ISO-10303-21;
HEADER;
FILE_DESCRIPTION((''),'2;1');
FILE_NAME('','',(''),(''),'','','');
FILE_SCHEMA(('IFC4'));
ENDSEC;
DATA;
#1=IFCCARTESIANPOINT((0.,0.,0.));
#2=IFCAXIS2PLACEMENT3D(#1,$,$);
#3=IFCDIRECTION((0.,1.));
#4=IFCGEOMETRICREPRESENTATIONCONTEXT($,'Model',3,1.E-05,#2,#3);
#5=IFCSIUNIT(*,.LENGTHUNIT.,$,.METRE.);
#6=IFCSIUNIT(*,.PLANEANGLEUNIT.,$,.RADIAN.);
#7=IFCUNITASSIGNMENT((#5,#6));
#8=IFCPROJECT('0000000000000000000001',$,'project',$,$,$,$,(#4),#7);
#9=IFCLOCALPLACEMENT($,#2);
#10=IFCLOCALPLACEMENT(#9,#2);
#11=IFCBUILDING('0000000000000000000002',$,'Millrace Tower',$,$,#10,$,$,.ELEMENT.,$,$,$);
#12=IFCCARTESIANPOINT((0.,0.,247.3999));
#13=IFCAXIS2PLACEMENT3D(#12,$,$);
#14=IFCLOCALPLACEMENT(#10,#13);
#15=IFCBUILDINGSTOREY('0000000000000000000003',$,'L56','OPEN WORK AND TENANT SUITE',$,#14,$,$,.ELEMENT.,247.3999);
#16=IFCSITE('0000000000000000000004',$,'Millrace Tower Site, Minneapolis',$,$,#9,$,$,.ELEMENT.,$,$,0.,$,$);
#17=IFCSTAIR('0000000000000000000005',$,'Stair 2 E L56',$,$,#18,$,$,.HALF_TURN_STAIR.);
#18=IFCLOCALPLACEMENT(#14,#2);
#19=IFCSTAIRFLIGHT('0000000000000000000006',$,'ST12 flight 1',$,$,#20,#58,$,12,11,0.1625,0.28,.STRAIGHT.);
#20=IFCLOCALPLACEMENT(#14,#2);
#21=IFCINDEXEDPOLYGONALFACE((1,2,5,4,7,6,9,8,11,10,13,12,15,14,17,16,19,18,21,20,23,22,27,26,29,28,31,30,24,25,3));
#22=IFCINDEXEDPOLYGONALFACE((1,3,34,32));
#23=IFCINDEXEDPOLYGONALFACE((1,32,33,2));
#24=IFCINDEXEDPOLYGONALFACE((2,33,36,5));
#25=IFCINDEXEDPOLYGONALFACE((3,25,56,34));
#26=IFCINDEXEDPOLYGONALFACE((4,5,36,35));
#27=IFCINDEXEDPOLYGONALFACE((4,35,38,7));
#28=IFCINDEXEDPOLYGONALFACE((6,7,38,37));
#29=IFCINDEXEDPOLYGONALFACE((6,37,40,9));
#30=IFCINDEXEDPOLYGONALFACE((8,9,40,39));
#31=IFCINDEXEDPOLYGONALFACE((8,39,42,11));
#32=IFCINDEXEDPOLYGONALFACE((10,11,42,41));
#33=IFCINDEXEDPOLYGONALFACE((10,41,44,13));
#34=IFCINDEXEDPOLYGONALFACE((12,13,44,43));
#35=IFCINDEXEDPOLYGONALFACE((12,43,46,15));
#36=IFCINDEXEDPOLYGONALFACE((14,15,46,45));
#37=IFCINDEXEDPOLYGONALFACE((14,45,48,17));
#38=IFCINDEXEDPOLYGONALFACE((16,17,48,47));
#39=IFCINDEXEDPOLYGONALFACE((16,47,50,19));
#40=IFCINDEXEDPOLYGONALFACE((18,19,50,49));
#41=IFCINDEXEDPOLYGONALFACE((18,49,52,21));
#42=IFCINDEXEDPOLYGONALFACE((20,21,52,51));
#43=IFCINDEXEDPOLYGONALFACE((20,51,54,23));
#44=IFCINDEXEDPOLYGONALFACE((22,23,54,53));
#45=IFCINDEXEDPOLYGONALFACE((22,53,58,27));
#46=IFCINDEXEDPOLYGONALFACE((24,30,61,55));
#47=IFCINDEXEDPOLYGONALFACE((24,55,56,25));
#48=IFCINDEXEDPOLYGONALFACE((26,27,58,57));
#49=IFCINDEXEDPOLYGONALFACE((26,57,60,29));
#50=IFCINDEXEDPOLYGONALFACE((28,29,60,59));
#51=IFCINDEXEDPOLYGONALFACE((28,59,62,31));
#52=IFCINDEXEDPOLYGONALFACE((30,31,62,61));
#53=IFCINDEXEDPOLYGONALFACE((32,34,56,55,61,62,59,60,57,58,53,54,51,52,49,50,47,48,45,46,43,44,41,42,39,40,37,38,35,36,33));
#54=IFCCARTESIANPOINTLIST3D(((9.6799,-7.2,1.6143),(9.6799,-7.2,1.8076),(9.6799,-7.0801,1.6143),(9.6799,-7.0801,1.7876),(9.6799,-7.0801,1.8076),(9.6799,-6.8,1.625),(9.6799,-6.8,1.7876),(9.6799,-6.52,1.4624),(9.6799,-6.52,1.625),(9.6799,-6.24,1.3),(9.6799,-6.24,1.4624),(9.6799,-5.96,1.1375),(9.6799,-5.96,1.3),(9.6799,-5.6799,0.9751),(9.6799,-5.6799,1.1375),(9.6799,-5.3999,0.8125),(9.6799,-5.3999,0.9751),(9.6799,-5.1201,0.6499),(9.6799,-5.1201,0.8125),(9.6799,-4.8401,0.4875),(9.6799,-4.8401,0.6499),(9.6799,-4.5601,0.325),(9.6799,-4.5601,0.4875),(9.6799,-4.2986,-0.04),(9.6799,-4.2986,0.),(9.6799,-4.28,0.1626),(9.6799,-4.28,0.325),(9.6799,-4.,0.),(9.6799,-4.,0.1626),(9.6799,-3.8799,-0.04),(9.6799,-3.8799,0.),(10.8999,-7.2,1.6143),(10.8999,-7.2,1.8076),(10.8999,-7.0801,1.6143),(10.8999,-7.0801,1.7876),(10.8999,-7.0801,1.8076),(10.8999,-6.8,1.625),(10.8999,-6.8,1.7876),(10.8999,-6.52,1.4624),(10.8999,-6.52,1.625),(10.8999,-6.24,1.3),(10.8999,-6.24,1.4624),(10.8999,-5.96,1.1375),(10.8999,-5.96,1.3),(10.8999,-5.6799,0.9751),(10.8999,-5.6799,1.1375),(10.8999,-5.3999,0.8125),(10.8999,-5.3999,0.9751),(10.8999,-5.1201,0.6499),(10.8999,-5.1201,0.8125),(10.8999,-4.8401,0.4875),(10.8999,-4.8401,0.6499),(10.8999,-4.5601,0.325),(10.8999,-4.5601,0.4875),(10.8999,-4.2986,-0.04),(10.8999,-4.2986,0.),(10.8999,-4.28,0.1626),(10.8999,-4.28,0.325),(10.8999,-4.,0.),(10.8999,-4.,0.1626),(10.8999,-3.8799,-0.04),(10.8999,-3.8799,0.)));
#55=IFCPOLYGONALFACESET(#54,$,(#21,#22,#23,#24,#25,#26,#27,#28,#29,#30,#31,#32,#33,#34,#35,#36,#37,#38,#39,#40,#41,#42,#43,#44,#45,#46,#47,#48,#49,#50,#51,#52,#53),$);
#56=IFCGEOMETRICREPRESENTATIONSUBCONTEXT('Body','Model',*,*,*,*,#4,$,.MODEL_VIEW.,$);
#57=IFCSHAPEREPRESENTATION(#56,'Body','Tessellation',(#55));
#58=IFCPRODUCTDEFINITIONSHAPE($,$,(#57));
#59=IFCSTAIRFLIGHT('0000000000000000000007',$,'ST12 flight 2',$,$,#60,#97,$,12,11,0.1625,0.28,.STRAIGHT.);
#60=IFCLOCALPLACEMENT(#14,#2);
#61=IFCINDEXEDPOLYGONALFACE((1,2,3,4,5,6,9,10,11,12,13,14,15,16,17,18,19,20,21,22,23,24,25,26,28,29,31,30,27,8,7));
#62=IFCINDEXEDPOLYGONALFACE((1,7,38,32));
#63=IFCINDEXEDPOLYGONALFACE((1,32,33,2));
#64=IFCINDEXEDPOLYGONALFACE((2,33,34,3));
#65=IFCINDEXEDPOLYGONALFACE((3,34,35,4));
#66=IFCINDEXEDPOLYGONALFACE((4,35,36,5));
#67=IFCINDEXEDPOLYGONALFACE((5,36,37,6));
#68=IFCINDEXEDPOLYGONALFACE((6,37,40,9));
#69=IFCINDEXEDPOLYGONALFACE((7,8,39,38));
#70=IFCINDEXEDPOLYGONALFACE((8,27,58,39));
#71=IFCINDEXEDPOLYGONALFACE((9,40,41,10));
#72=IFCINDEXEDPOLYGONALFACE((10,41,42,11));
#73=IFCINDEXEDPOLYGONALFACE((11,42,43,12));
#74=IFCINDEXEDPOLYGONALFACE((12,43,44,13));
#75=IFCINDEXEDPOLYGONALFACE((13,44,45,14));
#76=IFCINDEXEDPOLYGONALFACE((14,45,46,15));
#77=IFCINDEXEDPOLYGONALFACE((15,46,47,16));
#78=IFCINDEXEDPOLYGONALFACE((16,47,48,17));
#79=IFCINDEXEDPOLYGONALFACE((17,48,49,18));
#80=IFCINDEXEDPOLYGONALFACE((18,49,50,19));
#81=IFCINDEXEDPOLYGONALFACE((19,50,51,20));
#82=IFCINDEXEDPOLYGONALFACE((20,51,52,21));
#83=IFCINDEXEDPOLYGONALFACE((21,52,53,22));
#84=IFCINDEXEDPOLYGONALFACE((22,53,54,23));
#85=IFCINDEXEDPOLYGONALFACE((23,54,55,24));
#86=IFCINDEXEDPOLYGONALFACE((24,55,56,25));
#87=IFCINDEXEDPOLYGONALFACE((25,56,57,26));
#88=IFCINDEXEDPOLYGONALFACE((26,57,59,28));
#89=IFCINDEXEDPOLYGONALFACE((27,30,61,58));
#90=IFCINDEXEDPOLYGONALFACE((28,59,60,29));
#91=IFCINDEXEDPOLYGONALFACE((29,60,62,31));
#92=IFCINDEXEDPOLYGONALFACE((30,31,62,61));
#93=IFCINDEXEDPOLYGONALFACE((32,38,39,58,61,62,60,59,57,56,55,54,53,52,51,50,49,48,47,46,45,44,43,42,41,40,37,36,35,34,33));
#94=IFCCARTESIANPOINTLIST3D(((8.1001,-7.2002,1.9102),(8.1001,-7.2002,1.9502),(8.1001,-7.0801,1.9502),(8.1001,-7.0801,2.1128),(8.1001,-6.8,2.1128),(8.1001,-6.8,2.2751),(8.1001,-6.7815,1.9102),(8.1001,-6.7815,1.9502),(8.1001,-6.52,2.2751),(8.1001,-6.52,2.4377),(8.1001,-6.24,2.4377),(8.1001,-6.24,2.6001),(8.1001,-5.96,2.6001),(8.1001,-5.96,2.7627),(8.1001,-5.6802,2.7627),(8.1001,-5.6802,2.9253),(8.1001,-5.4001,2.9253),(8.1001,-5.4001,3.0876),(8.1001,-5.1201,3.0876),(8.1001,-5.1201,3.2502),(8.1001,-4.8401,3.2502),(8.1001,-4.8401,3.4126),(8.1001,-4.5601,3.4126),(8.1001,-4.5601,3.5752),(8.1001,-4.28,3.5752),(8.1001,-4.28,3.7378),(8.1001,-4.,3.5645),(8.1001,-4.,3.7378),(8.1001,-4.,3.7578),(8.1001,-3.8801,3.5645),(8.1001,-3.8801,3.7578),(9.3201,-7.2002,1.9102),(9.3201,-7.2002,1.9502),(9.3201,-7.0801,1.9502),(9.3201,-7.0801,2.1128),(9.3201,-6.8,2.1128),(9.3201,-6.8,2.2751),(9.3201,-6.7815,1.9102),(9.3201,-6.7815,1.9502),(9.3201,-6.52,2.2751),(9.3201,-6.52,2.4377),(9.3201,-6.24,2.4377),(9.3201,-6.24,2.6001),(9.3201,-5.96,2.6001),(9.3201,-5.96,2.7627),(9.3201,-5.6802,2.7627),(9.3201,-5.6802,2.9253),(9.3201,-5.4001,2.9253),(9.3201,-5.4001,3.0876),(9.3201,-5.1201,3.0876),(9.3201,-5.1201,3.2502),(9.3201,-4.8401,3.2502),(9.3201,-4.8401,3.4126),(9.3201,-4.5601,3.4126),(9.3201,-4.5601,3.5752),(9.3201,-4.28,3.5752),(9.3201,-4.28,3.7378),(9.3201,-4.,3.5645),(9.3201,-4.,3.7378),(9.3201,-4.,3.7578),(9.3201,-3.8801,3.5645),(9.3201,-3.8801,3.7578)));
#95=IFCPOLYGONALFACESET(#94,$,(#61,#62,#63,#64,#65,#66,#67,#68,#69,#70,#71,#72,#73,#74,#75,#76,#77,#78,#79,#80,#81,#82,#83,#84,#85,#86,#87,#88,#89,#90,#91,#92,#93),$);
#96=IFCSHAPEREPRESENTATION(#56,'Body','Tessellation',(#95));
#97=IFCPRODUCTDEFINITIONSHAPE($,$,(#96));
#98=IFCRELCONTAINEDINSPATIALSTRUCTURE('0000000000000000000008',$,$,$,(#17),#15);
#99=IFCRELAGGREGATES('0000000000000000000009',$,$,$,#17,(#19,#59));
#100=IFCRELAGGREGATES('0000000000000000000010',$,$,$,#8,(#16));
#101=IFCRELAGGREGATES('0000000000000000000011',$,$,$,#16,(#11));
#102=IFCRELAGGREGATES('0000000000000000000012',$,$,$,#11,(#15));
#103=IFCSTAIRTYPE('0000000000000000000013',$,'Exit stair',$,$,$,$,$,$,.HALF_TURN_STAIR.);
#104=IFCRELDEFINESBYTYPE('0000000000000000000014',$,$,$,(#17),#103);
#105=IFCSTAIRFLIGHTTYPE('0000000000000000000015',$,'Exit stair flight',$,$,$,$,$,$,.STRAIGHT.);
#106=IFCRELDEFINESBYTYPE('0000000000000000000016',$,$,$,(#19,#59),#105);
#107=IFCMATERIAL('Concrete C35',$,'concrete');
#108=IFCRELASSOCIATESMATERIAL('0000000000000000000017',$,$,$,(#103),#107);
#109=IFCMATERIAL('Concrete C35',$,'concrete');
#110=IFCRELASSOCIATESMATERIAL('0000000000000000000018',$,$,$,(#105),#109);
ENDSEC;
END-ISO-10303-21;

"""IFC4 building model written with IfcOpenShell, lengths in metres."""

from ifc_helpers import new_model, si_unit, direction, frame, origin, place, context, subcontext, project, spatial, polyline, outline, extrude, material, type_object, element, aggregate, save


model = new_model("IFC4")

# Units and contexts
model_context = context("Model", 3, precision=1e-05, world=origin(), true_north=direction((0.0, 1.0)))
body_context = subcontext(model_context, "Body", "Model", "MODEL_VIEW")
ifc_project = project(units=[si_unit("LENGTHUNIT", "METRE"), si_unit("PLANEANGLEUNIT", "RADIAN")], contexts=[model_context])

# Site, building, storey
site_placement = place(None, origin())
site = spatial("IfcSite", under=ifc_project, at=site_placement, Name="Millrace Tower Site, Minneapolis", CompositionType="ELEMENT", RefElevation=0.0)
building_placement = place(site_placement, origin())
building = spatial("IfcBuilding", under=site, at=building_placement, Name="Millrace Tower", CompositionType="ELEMENT")
storey_placement = place(building_placement, frame((0.0, 0.0, 247.3999)))
storey = spatial("IfcBuildingStorey", under=building, at=storey_placement, Name="L56", Description="OPEN WORK AND TENANT SUITE", CompositionType="ELEMENT", Elevation=247.3999)

# Shared definitions
placement = place(storey_placement, origin())

# Stair, stair flights
ifc_material_1 = material(Name="Concrete C35", Category="concrete")
stair_type = type_object("IfcStairType", Name="Exit stair", PredefinedType="HALF_TURN_STAIR", material=ifc_material_1)
ifc_material_2 = material(Name="Concrete C35", Category="concrete")
stair_flight_type = type_object("IfcStairFlightType", Name="Exit stair flight", PredefinedType="STRAIGHT", material=ifc_material_2)
stair_1 = element("IfcStair", 1, at=placement, inside=storey, type_object=stair_type, Name="Stair 2 E L56", PredefinedType="HALF_TURN_STAIR")
stair_flight_1_placement = place(storey_placement, frame((10.29, -4.0, 0.0), z_axis=(0.0, 0.0, 1.0), x_axis=(0.0, -1.0, 0.0)))
stair_flight_1 = element("IfcStairFlight", 2, at=stair_flight_1_placement, type_object=stair_flight_type, Name="ST12 flight 1", NumberOfRisers=12, NumberOfTreads=11, PredefinedType="STRAIGHT", RiserHeight=0.1625, TreadLength=0.28, context=body_context, shape_type="SweptSolid", body=[
    extrude(outline(polyline([(-0.1201, -0.04), (-0.1201, 0.0), (0.0, 0.0), (0.0, 0.1626), (0.28, 0.1626), (0.28, 0.325), (0.5601, 0.325), (0.5601, 0.4875), (0.8401, 0.4875), (0.8401, 0.6499), (1.1201, 0.6499), (1.1201, 0.8125), (1.3999, 0.8125), (1.3999, 0.9751), (1.6799, 0.9751), (1.6799, 1.1375), (1.96, 1.1375), (1.96, 1.3), (2.24, 1.3), (2.24, 1.4624), (2.52, 1.4624), (2.52, 1.625), (2.8, 1.625), (2.8, 1.7876), (3.0801, 1.7876), (3.0801, 1.8076), (3.2, 1.8076), (3.2, 1.6143), (3.0801, 1.6143), (0.2986, 0.0), (0.2986, -0.04), (-0.1201, -0.04)])), frame((0.0, 0.6099, 0.0), z_axis=(0.0, -1.0, 0.0), x_axis=(1.0, 0.0, 0.0)), (0.0, 0.0, 1.0), 1.22),
])
stair_flight_2_placement = place(storey_placement, frame((8.71, -7.0801, 1.9502), z_axis=(0.0, 0.0, 1.0), x_axis=(0.0, 1.0, 0.0)))
stair_flight_2 = element("IfcStairFlight", 3, at=stair_flight_2_placement, type_object=stair_flight_type, Name="ST12 flight 2", NumberOfRisers=12, NumberOfTreads=11, PredefinedType="STRAIGHT", RiserHeight=0.1625, TreadLength=0.28, context=body_context, shape_type="SweptSolid", body=[
    extrude(outline(polyline([(-0.1201, -0.04), (-0.1201, 0.0), (0.0, 0.0), (0.0, 0.1626), (0.28, 0.1626), (0.28, 0.325), (0.5601, 0.325), (0.5601, 0.4875), (0.8401, 0.4875), (0.8401, 0.6499), (1.1201, 0.6499), (1.1201, 0.8125), (1.3999, 0.8125), (1.3999, 0.9751), (1.6799, 0.9751), (1.6799, 1.1375), (1.96, 1.1375), (1.96, 1.3), (2.24, 1.3), (2.24, 1.4624), (2.52, 1.4624), (2.52, 1.625), (2.8, 1.625), (2.8, 1.7876), (3.0801, 1.7876), (3.0801, 1.8076), (3.2, 1.8076), (3.2, 1.6143), (3.0801, 1.6143), (0.2986, 0.0), (0.2986, -0.04), (-0.1201, -0.04)])), frame((0.0, 0.6099, 0.0), z_axis=(0.0, -1.0, 0.0), x_axis=(1.0, 0.0, 0.0)), (0.0, 0.0, 1.0), 1.22),
])
aggregate(stair_1, [stair_flight_1, stair_flight_2])

save(model, "model.ifc")
